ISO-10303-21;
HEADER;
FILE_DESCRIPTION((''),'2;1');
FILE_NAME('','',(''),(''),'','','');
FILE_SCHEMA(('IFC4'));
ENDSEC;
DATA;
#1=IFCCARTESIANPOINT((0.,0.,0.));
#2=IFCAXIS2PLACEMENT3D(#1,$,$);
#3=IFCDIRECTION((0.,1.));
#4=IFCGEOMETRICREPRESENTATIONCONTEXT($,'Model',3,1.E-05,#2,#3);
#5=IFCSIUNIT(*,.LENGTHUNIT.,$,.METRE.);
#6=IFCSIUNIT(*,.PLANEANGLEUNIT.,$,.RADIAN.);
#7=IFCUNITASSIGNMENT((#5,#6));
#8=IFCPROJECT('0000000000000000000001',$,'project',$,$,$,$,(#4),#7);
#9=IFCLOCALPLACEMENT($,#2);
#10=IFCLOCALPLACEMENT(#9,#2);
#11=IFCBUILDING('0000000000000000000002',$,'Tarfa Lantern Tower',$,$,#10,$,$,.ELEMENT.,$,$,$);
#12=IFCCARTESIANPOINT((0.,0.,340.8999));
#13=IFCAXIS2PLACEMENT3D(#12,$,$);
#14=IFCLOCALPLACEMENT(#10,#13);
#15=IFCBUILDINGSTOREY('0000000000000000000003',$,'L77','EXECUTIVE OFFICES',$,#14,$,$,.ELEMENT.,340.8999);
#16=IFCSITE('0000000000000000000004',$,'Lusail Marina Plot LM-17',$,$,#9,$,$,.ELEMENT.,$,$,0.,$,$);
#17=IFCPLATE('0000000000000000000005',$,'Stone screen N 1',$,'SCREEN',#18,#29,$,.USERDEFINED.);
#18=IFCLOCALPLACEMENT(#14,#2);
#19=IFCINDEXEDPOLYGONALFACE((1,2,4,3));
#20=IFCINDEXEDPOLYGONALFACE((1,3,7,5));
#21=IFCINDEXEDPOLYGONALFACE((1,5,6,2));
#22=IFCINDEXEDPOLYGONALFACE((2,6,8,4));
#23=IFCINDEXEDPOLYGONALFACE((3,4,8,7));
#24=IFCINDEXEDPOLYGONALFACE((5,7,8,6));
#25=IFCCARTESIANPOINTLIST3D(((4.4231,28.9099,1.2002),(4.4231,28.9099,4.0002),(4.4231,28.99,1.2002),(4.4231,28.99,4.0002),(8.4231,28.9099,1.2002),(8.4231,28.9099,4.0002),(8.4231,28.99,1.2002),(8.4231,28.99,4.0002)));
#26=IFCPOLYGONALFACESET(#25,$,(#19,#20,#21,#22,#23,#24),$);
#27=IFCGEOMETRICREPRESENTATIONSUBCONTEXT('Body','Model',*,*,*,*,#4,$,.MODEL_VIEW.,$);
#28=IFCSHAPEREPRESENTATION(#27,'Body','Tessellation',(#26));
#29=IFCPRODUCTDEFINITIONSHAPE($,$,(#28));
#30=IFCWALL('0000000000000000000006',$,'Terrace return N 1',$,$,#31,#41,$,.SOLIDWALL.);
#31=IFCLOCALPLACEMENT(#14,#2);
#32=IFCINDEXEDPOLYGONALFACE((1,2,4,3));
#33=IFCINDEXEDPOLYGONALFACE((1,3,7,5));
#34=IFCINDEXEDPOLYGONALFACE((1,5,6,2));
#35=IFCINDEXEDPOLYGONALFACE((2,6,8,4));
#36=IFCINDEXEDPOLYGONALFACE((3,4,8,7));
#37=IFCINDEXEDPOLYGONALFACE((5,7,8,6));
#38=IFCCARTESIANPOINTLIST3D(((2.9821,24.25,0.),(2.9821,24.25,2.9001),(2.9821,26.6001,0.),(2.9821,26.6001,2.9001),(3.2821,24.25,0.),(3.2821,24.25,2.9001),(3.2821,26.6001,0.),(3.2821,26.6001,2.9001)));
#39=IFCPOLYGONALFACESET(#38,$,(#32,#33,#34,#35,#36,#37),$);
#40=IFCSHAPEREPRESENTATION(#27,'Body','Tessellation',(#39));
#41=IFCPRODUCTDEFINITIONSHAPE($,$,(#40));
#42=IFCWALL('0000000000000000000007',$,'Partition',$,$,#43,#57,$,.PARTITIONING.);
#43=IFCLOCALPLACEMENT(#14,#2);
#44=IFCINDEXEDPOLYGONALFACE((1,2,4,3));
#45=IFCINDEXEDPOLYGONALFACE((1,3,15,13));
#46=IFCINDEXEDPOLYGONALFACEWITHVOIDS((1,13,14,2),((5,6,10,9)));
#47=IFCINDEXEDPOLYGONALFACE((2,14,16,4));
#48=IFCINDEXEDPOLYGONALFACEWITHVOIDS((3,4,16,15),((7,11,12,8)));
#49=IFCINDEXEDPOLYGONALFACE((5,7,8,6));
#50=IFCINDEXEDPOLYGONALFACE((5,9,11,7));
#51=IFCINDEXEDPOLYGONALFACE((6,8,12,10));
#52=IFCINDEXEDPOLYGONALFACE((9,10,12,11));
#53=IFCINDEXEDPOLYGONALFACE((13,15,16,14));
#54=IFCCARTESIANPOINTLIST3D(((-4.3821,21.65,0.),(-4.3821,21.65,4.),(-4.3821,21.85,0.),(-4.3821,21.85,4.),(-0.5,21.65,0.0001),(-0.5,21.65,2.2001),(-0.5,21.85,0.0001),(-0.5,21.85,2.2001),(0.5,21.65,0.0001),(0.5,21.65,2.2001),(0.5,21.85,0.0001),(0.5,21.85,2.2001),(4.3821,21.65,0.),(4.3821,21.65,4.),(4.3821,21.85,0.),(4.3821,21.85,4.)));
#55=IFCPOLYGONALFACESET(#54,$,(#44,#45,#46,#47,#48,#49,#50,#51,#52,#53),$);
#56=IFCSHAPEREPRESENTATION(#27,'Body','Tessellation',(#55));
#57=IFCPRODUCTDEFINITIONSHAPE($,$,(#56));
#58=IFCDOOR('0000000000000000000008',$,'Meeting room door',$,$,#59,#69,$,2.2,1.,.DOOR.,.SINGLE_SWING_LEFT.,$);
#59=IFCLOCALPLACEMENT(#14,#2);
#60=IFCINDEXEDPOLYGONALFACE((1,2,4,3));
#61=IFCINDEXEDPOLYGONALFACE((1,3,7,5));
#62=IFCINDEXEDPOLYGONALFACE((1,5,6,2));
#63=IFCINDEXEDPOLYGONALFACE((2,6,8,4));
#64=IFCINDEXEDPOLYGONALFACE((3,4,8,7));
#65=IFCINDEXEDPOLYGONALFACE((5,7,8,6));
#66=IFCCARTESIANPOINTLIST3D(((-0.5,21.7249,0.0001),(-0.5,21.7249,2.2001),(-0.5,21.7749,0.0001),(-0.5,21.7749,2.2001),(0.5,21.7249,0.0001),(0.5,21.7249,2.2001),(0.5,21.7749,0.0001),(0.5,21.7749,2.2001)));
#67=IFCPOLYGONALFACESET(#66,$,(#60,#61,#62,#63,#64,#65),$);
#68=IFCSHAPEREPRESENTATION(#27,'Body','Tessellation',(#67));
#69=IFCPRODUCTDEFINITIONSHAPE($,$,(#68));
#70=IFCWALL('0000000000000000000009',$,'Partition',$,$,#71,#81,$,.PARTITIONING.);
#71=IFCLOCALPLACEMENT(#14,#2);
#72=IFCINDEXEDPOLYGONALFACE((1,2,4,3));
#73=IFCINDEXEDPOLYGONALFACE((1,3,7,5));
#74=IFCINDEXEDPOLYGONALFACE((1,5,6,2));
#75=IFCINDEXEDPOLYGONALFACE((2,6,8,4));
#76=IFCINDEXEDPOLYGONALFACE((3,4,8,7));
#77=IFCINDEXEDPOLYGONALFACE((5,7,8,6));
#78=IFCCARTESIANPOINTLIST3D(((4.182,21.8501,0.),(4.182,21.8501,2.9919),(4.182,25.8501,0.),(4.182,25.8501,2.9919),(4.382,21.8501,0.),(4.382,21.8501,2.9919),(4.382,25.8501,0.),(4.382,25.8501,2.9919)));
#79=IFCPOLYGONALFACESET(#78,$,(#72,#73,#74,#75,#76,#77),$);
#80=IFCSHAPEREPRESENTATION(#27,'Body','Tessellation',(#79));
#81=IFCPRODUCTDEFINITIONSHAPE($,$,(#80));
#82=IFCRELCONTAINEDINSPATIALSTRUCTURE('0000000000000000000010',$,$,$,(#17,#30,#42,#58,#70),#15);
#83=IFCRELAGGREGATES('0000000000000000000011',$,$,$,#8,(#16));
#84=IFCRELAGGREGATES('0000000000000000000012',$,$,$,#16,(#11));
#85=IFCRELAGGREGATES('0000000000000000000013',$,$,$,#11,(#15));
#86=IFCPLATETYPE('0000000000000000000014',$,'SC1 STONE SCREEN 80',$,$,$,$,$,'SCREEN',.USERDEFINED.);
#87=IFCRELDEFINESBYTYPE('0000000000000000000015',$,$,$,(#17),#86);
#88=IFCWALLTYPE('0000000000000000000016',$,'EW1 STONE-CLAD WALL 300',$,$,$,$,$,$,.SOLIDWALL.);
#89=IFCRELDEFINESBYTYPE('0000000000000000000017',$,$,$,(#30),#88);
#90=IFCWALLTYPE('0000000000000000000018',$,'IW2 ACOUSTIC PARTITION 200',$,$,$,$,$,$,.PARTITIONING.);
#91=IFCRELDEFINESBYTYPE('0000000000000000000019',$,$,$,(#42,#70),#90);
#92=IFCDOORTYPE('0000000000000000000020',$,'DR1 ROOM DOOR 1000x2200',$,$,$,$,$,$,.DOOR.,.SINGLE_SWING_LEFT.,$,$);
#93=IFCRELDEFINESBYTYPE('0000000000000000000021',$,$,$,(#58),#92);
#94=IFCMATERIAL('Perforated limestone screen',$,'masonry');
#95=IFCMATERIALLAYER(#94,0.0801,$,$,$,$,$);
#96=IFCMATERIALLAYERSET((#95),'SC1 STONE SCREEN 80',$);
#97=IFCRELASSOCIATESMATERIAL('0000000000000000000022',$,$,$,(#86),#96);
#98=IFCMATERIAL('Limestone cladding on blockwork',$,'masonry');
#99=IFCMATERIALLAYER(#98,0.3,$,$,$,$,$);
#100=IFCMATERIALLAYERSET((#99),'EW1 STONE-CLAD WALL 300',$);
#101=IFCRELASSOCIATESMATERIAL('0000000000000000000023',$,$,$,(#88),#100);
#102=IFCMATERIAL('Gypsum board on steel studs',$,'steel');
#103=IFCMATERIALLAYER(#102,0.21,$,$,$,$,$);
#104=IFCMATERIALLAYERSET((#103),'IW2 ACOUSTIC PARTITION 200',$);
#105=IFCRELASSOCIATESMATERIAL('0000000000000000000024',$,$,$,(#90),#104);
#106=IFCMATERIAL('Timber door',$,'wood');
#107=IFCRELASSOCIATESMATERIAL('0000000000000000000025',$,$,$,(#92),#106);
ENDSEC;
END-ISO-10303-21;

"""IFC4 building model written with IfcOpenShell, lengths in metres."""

from ifc_helpers import new_model, si_unit, direction, frame, frame_2d, origin, origin_2d, place, context, subcontext, project, spatial, rectangle, extrude, material, layer, layer_set, type_object, element, fill, save


model = new_model("IFC4")

# Units and contexts
model_context = context("Model", 3, precision=1e-05, world=origin(), true_north=direction((0.0, 1.0)))
body_context = subcontext(model_context, "Body", "Model", "MODEL_VIEW")
ifc_project = project(units=[si_unit("LENGTHUNIT", "METRE"), si_unit("PLANEANGLEUNIT", "RADIAN")], contexts=[model_context])

# Site, building, storey
site_placement = place(None, origin())
site = spatial("IfcSite", under=ifc_project, at=site_placement, Name="Lusail Marina Plot LM-17", CompositionType="ELEMENT", RefElevation=0.0)
building_placement = place(site_placement, origin())
building = spatial("IfcBuilding", under=site, at=building_placement, Name="Tarfa Lantern Tower", CompositionType="ELEMENT")
storey_placement = place(building_placement, frame((0.0, 0.0, 340.8999)))
storey = spatial("IfcBuildingStorey", under=building, at=storey_placement, Name="L77", Description="EXECUTIVE OFFICES", CompositionType="ELEMENT", Elevation=340.8999)

# Plate
ifc_material_1 = material(Name="Perforated limestone screen", Category="masonry")
ifc_layer_1 = layer(ifc_material_1, 0.0801)
ifc_layer_set_1 = layer_set([ifc_layer_1], Name="SC1 STONE SCREEN 80")
plate_type_1 = type_object("IfcPlateType", Name="SC1 STONE SCREEN 80", ElementType="SCREEN", PredefinedType="USERDEFINED", material=ifc_layer_set_1)
plate_1_placement = place(storey_placement, frame((6.4231, 28.95, 1.2002), z_axis=(0.0, 0.0, 1.0), x_axis=(-1.0, 0.0, 0.0)))
element("IfcPlate", 1, at=plate_1_placement, inside=storey, type_object=plate_type_1, Name="Stone screen N 1", ObjectType="SCREEN", PredefinedType="USERDEFINED", context=body_context, shape_type="SweptSolid", body=[
    extrude(rectangle(XDim=4.0, YDim=0.0801, at=origin_2d()), origin(), (0.0, 0.0, 1.0), 2.8),
])

# Shared definitions
ifc_material_2 = material(Name="Limestone cladding on blockwork", Category="masonry")
ifc_layer_2 = layer(ifc_material_2, 0.3)
ifc_layer_set_2 = layer_set([ifc_layer_2], Name="EW1 STONE-CLAD WALL 300")
wall_type_1 = type_object("IfcWallType", Name="EW1 STONE-CLAD WALL 300", PredefinedType="SOLIDWALL", material=ifc_layer_set_2)

# Wall
wall_1_placement = place(storey_placement, frame((3.1321, 26.6001, 0.0), z_axis=(0.0, 0.0, 1.0), x_axis=(0.0, -1.0, 0.0)))
element("IfcWall", 2, at=wall_1_placement, inside=storey, type_object=wall_type_1, Name="Terrace return N 1", PredefinedType="SOLIDWALL", context=body_context, shape_type="SweptSolid", body=[
    extrude(rectangle(XDim=2.3501, YDim=0.3, at=frame_2d((1.175, 0.0))), origin(), (0.0, 0.0, 1.0), 2.9001),
])

# Wall, opening, door
ifc_material_3 = material(Name="Gypsum board on steel studs", Category="steel")
ifc_layer_3 = layer(ifc_material_3, 0.21)
ifc_layer_set_3 = layer_set([ifc_layer_3], Name="IW2 ACOUSTIC PARTITION 200")
wall_type_2 = type_object("IfcWallType", Name="IW2 ACOUSTIC PARTITION 200", PredefinedType="PARTITIONING", material=ifc_layer_set_3)
wall_2_placement = place(storey_placement, frame((4.3821, 21.75, 0.0), z_axis=(0.0, 0.0, 1.0), x_axis=(-1.0, 0.0, 0.0)))
wall_2 = element("IfcWall", 3, at=wall_2_placement, inside=storey, type_object=wall_type_2, Name="Partition", PredefinedType="PARTITIONING", context=body_context, shape_type="SweptSolid", body=[
    extrude(rectangle(XDim=8.7642, YDim=0.2, at=frame_2d((4.3821, 0.0))), origin(), (0.0, 0.0, 1.0), 4.0),
])
opening_1_placement = place(wall_2_placement, frame((3.8821, 0.0, 0.0)))
opening_1 = element("IfcOpeningElement", 4, at=opening_1_placement, cuts=wall_2, PredefinedType="OPENING", context=body_context, shape_type="SweptSolid", body=[
    extrude(rectangle(XDim=1.0, YDim=2.2, at=frame_2d((0.5, 1.1001))), frame((0.0, 0.1099, 0.0), z_axis=(0.0, -1.0, 0.0), x_axis=(1.0, 0.0, 0.0)), (0.0, 0.0, 1.0), 0.22),
])
ifc_material_4 = material(Name="Timber door", Category="wood")
door_type_1 = type_object("IfcDoorType", Name="DR1 ROOM DOOR 1000x2200", OperationType="SINGLE_SWING_LEFT", PredefinedType="DOOR", material=ifc_material_4)
door_1_placement = place(opening_1_placement, frame((1.0, 0.0, 0.0), z_axis=(0.0, 0.0, 1.0), x_axis=(-1.0, 0.0, 0.0)))
door_1 = element("IfcDoor", 5, at=door_1_placement, inside=storey, type_object=door_type_1, Name="Meeting room door", OperationType="SINGLE_SWING_LEFT", OverallHeight=2.2, OverallWidth=1.0, PredefinedType="DOOR", context=body_context, shape_type="SweptSolid", body=[
    extrude(rectangle(XDim=1.0, YDim=2.2, at=frame_2d((0.5, 1.1001))), frame((0.0, 0.0249, 0.0), z_axis=(0.0, -1.0, 0.0), x_axis=(1.0, 0.0, 0.0)), (0.0, 0.0, 1.0), 0.05),
])
fill(opening_1, door_1)

# Wall
wall_3_placement = place(storey_placement, frame((4.282, 21.8501, 0.0), z_axis=(0.0, 0.0, 1.0), x_axis=(0.0, 1.0, 0.0)))
element("IfcWall", 6, at=wall_3_placement, inside=storey, type_object=wall_type_2, Name="Partition", PredefinedType="PARTITIONING", context=body_context, shape_type="SweptSolid", body=[
    extrude(rectangle(XDim=4.0, YDim=0.2, at=frame_2d((2.0, 0.0))), origin(), (0.0, 0.0, 1.0), 2.9919),
])

save(model, "model.ifc")
